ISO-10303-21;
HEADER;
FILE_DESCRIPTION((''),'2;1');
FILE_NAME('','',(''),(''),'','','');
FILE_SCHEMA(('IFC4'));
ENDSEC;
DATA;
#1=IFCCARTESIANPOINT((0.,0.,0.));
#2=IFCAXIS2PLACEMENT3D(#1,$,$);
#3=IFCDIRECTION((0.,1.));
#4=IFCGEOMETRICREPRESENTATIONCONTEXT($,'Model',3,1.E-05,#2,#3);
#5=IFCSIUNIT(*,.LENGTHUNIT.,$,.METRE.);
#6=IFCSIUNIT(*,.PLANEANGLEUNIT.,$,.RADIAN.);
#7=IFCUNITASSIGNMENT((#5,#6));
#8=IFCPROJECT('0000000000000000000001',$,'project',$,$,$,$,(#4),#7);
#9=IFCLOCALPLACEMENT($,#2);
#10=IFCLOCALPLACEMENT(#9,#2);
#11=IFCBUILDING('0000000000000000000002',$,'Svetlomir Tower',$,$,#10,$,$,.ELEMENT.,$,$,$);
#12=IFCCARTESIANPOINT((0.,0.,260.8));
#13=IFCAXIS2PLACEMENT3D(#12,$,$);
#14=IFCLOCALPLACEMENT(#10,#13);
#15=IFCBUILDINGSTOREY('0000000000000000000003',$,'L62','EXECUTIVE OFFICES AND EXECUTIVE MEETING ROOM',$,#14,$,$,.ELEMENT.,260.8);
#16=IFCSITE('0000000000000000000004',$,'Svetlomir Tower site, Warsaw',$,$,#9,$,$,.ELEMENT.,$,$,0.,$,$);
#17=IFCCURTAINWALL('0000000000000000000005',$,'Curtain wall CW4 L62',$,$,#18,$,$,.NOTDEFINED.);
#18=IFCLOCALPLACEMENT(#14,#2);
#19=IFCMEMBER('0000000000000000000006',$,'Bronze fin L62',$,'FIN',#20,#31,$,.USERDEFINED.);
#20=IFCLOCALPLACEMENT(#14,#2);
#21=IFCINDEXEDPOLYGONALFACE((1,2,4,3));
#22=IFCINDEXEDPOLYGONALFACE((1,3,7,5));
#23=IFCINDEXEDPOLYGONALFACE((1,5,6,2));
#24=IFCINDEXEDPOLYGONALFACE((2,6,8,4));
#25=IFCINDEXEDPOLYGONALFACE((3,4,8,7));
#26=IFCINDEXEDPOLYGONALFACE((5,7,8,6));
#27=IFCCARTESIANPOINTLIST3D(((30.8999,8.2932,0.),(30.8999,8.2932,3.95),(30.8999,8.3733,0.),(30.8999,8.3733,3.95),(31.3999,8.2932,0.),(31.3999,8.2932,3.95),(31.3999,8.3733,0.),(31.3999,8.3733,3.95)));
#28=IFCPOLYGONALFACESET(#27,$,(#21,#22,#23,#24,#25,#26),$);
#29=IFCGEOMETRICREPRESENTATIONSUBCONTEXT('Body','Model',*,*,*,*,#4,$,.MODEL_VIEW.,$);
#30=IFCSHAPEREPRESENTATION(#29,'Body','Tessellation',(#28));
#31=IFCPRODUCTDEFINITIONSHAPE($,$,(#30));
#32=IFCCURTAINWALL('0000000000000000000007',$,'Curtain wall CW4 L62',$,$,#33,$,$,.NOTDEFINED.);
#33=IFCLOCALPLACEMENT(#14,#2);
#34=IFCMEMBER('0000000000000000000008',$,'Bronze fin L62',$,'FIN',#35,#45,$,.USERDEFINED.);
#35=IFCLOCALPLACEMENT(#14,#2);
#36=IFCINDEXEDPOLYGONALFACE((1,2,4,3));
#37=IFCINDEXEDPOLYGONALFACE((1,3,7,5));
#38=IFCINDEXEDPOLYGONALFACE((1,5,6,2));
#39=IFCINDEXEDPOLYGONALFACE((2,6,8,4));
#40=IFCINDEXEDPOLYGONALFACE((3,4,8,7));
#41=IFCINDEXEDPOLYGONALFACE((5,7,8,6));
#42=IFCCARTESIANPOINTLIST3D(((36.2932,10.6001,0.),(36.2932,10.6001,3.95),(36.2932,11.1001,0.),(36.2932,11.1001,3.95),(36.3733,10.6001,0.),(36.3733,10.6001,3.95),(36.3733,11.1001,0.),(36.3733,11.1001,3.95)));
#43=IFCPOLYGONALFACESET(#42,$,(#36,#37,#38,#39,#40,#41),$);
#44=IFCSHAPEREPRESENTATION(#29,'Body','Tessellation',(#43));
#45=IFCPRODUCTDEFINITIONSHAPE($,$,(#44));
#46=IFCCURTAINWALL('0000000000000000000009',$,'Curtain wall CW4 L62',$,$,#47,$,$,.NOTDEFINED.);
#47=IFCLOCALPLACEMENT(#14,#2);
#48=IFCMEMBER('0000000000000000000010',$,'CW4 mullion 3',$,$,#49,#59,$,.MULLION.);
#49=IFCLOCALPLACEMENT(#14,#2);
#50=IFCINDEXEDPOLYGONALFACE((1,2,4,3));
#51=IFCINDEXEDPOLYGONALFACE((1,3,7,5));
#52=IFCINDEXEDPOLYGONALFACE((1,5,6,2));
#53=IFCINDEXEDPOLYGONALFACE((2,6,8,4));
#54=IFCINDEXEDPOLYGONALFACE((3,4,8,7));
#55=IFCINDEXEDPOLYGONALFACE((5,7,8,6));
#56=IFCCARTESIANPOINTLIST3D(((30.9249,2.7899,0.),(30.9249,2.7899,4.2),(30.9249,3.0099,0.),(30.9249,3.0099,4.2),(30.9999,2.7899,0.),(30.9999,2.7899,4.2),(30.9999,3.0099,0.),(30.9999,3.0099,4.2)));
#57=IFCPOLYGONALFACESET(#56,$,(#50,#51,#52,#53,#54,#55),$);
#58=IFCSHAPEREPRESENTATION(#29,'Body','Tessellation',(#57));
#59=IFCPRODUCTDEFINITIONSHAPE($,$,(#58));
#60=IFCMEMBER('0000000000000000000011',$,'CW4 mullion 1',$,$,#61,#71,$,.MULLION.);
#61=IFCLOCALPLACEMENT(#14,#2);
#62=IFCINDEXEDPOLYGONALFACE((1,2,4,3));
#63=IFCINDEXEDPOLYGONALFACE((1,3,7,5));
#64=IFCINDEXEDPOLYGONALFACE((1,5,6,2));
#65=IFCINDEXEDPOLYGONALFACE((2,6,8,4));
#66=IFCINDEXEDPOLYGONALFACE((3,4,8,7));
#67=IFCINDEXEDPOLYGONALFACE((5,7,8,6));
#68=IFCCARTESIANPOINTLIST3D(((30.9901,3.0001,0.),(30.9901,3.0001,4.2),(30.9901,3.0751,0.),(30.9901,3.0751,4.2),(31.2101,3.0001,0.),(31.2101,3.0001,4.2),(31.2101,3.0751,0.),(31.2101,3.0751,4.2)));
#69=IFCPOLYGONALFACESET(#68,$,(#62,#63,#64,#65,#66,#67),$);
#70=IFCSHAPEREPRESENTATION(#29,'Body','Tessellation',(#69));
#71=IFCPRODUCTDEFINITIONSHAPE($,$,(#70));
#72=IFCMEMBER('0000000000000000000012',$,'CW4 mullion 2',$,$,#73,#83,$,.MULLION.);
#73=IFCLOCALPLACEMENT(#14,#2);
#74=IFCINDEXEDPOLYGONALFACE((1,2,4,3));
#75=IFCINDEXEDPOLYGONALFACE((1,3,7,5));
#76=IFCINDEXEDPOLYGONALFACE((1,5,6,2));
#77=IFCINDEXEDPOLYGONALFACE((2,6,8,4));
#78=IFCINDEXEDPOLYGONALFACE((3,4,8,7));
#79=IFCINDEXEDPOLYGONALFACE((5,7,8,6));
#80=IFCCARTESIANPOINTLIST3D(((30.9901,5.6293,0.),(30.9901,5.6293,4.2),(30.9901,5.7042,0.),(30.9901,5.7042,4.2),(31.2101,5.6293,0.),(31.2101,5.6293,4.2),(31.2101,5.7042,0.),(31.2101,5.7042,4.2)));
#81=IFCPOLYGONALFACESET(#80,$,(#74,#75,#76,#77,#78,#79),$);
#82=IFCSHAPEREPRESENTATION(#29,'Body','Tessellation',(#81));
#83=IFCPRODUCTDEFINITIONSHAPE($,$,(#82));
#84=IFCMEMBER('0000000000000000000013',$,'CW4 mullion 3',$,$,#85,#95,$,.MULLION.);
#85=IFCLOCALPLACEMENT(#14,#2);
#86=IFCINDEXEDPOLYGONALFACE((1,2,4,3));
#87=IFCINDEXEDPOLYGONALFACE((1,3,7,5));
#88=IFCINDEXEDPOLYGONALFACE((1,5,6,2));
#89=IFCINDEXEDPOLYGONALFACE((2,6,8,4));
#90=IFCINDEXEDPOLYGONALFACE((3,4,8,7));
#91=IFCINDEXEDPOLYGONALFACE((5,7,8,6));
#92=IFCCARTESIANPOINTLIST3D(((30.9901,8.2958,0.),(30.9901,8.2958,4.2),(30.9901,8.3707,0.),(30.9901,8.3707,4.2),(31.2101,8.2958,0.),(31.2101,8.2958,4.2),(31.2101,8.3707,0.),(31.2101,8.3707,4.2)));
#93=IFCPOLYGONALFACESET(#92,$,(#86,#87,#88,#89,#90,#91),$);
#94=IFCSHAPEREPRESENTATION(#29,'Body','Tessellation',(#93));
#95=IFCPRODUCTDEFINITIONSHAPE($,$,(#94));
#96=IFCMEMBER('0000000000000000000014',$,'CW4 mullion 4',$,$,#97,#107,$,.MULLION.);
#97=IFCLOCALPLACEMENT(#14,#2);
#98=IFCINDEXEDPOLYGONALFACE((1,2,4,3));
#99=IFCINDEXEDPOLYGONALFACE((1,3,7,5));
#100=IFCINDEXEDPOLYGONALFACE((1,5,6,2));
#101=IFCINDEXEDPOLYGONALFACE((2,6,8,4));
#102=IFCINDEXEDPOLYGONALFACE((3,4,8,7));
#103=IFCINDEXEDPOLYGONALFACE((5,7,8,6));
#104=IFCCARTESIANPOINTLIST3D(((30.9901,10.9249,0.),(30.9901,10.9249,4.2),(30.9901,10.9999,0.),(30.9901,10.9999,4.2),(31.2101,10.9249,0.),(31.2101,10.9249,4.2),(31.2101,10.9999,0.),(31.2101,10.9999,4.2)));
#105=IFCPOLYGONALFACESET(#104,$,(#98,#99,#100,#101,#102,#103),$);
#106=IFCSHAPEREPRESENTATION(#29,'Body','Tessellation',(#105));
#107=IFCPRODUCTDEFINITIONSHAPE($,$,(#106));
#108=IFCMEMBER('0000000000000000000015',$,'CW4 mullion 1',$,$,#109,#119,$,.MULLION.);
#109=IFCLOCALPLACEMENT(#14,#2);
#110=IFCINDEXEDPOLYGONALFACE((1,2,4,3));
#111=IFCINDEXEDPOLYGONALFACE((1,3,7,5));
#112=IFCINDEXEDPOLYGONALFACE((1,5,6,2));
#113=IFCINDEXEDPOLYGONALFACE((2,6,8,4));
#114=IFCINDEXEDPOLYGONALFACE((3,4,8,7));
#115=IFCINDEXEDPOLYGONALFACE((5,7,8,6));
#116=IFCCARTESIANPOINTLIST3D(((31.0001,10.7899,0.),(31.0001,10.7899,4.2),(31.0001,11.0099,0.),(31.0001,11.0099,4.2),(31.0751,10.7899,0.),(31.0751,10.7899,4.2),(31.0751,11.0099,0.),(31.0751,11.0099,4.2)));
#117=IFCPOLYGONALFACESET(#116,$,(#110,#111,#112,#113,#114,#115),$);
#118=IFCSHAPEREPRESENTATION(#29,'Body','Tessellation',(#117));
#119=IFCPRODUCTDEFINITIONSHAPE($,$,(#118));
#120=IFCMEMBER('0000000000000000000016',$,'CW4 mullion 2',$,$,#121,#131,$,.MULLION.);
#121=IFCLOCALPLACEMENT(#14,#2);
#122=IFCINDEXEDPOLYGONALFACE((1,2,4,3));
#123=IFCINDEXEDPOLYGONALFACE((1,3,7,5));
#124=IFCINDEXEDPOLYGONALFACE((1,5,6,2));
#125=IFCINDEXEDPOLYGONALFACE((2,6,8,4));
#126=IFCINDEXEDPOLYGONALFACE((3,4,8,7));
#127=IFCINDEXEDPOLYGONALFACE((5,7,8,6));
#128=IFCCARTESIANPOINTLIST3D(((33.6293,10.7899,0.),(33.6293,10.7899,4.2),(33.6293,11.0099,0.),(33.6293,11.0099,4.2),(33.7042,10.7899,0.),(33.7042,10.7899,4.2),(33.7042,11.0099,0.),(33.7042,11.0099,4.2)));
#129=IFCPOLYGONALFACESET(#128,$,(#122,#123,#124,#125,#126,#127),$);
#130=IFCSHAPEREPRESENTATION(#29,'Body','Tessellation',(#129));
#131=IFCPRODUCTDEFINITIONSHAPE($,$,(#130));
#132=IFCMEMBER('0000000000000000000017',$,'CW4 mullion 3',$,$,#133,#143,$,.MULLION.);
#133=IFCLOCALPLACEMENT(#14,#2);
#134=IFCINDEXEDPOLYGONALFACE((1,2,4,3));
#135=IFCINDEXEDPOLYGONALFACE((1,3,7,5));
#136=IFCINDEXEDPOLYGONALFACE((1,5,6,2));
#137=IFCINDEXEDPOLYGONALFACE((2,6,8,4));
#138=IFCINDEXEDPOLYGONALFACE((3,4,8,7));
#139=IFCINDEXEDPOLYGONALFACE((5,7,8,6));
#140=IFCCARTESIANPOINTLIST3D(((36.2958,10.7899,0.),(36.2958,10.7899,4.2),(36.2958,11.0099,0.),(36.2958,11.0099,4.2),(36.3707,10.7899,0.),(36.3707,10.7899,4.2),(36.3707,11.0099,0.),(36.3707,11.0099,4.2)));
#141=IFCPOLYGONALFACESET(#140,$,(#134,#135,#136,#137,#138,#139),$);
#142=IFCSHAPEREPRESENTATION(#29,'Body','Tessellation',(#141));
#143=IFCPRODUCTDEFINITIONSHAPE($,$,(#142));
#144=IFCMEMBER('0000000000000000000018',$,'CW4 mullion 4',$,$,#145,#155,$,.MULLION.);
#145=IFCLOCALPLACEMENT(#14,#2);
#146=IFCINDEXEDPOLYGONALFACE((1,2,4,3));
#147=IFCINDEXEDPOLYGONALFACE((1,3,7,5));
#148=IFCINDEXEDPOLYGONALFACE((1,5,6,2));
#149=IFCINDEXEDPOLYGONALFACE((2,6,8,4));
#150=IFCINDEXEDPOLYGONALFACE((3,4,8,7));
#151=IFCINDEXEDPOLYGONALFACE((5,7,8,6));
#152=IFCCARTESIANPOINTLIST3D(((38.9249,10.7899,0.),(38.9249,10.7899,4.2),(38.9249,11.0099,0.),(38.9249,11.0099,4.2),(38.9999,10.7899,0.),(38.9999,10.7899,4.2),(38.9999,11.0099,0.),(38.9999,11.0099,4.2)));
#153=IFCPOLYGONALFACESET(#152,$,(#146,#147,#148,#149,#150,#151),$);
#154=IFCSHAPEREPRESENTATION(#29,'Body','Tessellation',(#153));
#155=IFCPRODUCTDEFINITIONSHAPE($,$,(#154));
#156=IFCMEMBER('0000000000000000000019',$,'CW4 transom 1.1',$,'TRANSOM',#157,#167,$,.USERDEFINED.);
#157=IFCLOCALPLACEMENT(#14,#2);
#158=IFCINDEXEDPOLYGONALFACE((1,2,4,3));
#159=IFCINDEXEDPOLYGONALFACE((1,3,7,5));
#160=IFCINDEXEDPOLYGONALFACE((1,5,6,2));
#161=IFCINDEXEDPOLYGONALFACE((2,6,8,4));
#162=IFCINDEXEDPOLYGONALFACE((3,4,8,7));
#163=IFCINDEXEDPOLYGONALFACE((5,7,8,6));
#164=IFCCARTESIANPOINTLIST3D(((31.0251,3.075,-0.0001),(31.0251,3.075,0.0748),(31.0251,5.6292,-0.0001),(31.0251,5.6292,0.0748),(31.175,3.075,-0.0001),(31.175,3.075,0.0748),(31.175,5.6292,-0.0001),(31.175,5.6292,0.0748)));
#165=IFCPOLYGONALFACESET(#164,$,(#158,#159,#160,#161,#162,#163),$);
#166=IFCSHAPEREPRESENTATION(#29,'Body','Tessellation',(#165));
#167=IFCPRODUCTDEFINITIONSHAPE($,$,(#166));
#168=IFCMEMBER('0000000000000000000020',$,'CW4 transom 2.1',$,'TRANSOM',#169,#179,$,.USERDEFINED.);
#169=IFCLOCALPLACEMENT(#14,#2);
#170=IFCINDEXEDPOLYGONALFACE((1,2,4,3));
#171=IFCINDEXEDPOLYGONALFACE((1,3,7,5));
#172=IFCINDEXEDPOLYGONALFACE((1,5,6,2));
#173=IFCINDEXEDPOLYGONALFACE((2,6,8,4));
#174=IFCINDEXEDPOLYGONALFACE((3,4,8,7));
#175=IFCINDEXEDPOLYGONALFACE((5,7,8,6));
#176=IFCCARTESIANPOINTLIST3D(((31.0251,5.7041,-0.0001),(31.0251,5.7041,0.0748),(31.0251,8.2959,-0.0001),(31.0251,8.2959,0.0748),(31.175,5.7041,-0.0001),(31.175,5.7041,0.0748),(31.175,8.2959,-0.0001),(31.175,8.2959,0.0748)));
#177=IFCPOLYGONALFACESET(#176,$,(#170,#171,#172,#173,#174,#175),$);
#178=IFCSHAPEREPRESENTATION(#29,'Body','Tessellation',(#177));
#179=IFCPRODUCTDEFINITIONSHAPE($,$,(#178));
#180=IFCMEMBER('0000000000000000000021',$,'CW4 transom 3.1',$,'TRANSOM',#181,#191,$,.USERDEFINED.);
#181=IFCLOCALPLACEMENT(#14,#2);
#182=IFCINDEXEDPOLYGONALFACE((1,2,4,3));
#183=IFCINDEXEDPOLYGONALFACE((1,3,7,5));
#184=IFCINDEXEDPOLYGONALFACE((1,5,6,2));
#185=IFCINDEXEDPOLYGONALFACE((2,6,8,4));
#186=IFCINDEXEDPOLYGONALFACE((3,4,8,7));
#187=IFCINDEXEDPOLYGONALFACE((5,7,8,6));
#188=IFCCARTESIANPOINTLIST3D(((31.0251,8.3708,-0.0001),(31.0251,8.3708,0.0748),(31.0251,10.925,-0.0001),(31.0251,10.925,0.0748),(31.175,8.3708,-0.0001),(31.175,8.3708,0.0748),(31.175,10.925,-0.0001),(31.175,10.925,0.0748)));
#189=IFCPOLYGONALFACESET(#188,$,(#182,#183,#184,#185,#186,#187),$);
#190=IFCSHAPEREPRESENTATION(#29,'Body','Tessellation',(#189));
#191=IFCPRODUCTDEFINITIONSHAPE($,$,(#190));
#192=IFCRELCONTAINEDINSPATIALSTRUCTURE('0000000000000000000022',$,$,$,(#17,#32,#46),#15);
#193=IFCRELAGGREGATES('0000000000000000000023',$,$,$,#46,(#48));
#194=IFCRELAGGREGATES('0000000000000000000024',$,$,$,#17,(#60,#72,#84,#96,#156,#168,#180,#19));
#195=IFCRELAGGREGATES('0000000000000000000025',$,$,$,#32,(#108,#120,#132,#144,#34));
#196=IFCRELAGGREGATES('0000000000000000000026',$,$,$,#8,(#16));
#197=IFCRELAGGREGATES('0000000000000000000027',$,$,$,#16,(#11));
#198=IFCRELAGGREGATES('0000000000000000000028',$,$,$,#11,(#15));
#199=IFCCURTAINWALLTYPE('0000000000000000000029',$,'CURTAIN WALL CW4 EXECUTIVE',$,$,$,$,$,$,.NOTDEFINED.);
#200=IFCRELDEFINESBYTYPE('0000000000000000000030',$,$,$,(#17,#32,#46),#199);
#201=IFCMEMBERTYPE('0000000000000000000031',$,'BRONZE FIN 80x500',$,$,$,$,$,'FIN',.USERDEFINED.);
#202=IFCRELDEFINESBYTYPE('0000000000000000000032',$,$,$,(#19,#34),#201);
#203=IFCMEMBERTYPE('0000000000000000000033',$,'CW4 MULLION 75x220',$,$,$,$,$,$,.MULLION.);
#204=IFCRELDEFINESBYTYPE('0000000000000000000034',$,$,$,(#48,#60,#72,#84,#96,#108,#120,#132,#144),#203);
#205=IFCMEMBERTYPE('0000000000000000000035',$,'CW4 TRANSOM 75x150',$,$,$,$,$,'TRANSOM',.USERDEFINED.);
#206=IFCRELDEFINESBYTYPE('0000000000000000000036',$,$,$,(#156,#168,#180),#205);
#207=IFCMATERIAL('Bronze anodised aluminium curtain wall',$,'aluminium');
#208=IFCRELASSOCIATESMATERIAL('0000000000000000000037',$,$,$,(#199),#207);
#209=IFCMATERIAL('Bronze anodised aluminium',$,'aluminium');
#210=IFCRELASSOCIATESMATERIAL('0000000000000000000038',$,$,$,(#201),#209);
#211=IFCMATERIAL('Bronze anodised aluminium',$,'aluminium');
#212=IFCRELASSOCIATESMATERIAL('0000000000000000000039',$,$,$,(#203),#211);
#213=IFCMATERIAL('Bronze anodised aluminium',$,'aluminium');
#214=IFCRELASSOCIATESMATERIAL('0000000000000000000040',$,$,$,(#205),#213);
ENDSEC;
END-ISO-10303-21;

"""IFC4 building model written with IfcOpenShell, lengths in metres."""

from ifc_helpers import new_model, si_unit, direction, frame, origin, origin_2d, place, context, subcontext, project, spatial, rectangle, extrude, material, material_profile, profile_set, type_object, element, aggregate, save


model = new_model("IFC4")

# Units and contexts
model_context = context("Model", 3, precision=1e-05, world=origin(), true_north=direction((0.0, 1.0)))
body_context = subcontext(model_context, "Body", "Model", "MODEL_VIEW")
ifc_project = project(units=[si_unit("LENGTHUNIT", "METRE"), si_unit("PLANEANGLEUNIT", "RADIAN")], contexts=[model_context])

# Site, building, storey
site_placement = place(None, origin())
site = spatial("IfcSite", under=ifc_project, at=site_placement, Name="Svetlomir Tower site, Warsaw", CompositionType="ELEMENT", RefElevation=0.0)
building_placement = place(site_placement, origin())
building = spatial("IfcBuilding", under=site, at=building_placement, Name="Svetlomir Tower", CompositionType="ELEMENT")
storey_placement = place(building_placement, frame((0.0, 0.0, 260.8)))
storey = spatial("IfcBuildingStorey", under=building, at=storey_placement, Name="L62", Description="EXECUTIVE OFFICES AND EXECUTIVE MEETING ROOM", CompositionType="ELEMENT", Elevation=260.8)

# Curtain walls, members
ifc_material_1 = material(Name="Bronze anodised aluminium curtain wall", Category="aluminium")
curtain_wall_type = type_object("IfcCurtainWallType", Name="CURTAIN WALL CW4 EXECUTIVE", PredefinedType="NOTDEFINED", material=ifc_material_1)
curtain_wall_1_placement = place(storey_placement, origin())
curtain_wall_1 = element("IfcCurtainWall", 1, at=curtain_wall_1_placement, inside=storey, type_object=curtain_wall_type, Name="Curtain wall CW4 L62", PredefinedType="NOTDEFINED")
ifc_material_2 = material(Name="Bronze anodised aluminium", Category="aluminium")
ifc_material_profile_1 = material_profile(ifc_material_2, rectangle(XDim=0.0801, YDim=0.5, at=origin_2d()), Name="FIN 80x500")
ifc_profile_set_1 = profile_set([ifc_material_profile_1], Name="Bronze anodised aluminium 6063-T6")
member_type_1 = type_object("IfcMemberType", Name="BRONZE FIN 80x500", ElementType="FIN", PredefinedType="USERDEFINED", material=ifc_profile_set_1)
member_1_placement = place(storey_placement, frame((31.1499, 8.3333, 0.0), z_axis=(0.0, 0.0, 1.0), x_axis=(0.0, 1.0, 0.0)))
member_1 = element("IfcMember", 2, at=member_1_placement, type_object=member_type_1, Name="Bronze fin L62", ObjectType="FIN", PredefinedType="USERDEFINED", context=body_context, shape_type="SweptSolid", body=[
    extrude(rectangle(XDim=0.0801, YDim=0.5, at=origin_2d()), origin(), (0.0, 0.0, 1.0), 3.95),
])
curtain_wall_2_placement = place(storey_placement, origin())
curtain_wall_2 = element("IfcCurtainWall", 3, at=curtain_wall_2_placement, inside=storey, type_object=curtain_wall_type, Name="Curtain wall CW4 L62", PredefinedType="NOTDEFINED")
member_2_placement = place(storey_placement, frame((36.3333, 10.8501, 0.0), z_axis=(0.0, 0.0, 1.0), x_axis=(1.0, 0.0, 0.0)))
member_2 = element("IfcMember", 4, at=member_2_placement, type_object=member_type_1, Name="Bronze fin L62", ObjectType="FIN", PredefinedType="USERDEFINED", context=body_context, shape_type="SweptSolid", body=[
    extrude(rectangle(XDim=0.0801, YDim=0.5, at=origin_2d()), origin(), (0.0, 0.0, 1.0), 3.95),
])
curtain_wall_3_placement = place(storey_placement, origin())
curtain_wall_3 = element("IfcCurtainWall", 5, at=curtain_wall_3_placement, inside=storey, type_object=curtain_wall_type, Name="Curtain wall CW4 L62", PredefinedType="NOTDEFINED")
ifc_material_3 = material(Name="Bronze anodised aluminium", Category="aluminium")
ifc_material_profile_2 = material_profile(ifc_material_3, rectangle(XDim=0.075, YDim=0.22, at=origin_2d()), Name="AL 75x220")
ifc_profile_set_2 = profile_set([ifc_material_profile_2], Name="Bronze anodised aluminium 6063-T6")
member_type_2 = type_object("IfcMemberType", Name="CW4 MULLION 75x220", PredefinedType="MULLION", material=ifc_profile_set_2)
member_3_placement = place(storey_placement, frame((30.9624, 2.8999, 0.0), z_axis=(0.0, 0.0, 1.0), x_axis=(1.0, 0.0, 0.0)))
member_3 = element("IfcMember", 6, at=member_3_placement, type_object=member_type_2, Name="CW4 mullion 3", PredefinedType="MULLION", context=body_context, shape_type="SweptSolid", body=[
    extrude(rectangle(XDim=0.075, YDim=0.22, at=origin_2d()), origin(), (0.0, 0.0, 1.0), 4.2),
])
aggregate(curtain_wall_3, [member_3])

# Members
member_4_placement = place(storey_placement, frame((31.1001, 3.0376, 0.0), z_axis=(0.0, 0.0, 1.0), x_axis=(0.0, 1.0, 0.0)))
member_4 = element("IfcMember", 7, at=member_4_placement, type_object=member_type_2, Name="CW4 mullion 1", PredefinedType="MULLION", context=body_context, shape_type="SweptSolid", body=[
    extrude(rectangle(XDim=0.075, YDim=0.22, at=origin_2d()), origin(), (0.0, 0.0, 1.0), 4.2),
])
member_5_placement = place(storey_placement, frame((31.1001, 5.6667, 0.0), z_axis=(0.0, 0.0, 1.0), x_axis=(0.0, 1.0, 0.0)))
member_5 = element("IfcMember", 8, at=member_5_placement, type_object=member_type_2, Name="CW4 mullion 2", PredefinedType="MULLION", context=body_context, shape_type="SweptSolid", body=[
    extrude(rectangle(XDim=0.075, YDim=0.22, at=origin_2d()), origin(), (0.0, 0.0, 1.0), 4.2),
])
member_6_placement = place(storey_placement, frame((31.1001, 8.3333, 0.0), z_axis=(0.0, 0.0, 1.0), x_axis=(0.0, 1.0, 0.0)))
member_6 = element("IfcMember", 9, at=member_6_placement, type_object=member_type_2, Name="CW4 mullion 3", PredefinedType="MULLION", context=body_context, shape_type="SweptSolid", body=[
    extrude(rectangle(XDim=0.075, YDim=0.22, at=origin_2d()), origin(), (0.0, 0.0, 1.0), 4.2),
])
member_7_placement = place(storey_placement, frame((31.1001, 10.9624, 0.0), z_axis=(0.0, 0.0, 1.0), x_axis=(0.0, 1.0, 0.0)))
member_7 = element("IfcMember", 10, at=member_7_placement, type_object=member_type_2, Name="CW4 mullion 4", PredefinedType="MULLION", context=body_context, shape_type="SweptSolid", body=[
    extrude(rectangle(XDim=0.075, YDim=0.22, at=origin_2d()), origin(), (0.0, 0.0, 1.0), 4.2),
])
member_8_placement = place(storey_placement, frame((31.0376, 10.8999, 0.0), z_axis=(0.0, 0.0, 1.0), x_axis=(1.0, 0.0, 0.0)))
member_8 = element("IfcMember", 11, at=member_8_placement, type_object=member_type_2, Name="CW4 mullion 1", PredefinedType="MULLION", context=body_context, shape_type="SweptSolid", body=[
    extrude(rectangle(XDim=0.075, YDim=0.22, at=origin_2d()), origin(), (0.0, 0.0, 1.0), 4.2),
])
member_9_placement = place(storey_placement, frame((33.6667, 10.8999, 0.0), z_axis=(0.0, 0.0, 1.0), x_axis=(1.0, 0.0, 0.0)))
member_9 = element("IfcMember", 12, at=member_9_placement, type_object=member_type_2, Name="CW4 mullion 2", PredefinedType="MULLION", context=body_context, shape_type="SweptSolid", body=[
    extrude(rectangle(XDim=0.075, YDim=0.22, at=origin_2d()), origin(), (0.0, 0.0, 1.0), 4.2),
])
member_10_placement = place(storey_placement, frame((36.3333, 10.8999, 0.0), z_axis=(0.0, 0.0, 1.0), x_axis=(1.0, 0.0, 0.0)))
member_10 = element("IfcMember", 13, at=member_10_placement, type_object=member_type_2, Name="CW4 mullion 3", PredefinedType="MULLION", context=body_context, shape_type="SweptSolid", body=[
    extrude(rectangle(XDim=0.075, YDim=0.22, at=origin_2d()), origin(), (0.0, 0.0, 1.0), 4.2),
])
member_11_placement = place(storey_placement, frame((38.9624, 10.8999, 0.0), z_axis=(0.0, 0.0, 1.0), x_axis=(1.0, 0.0, 0.0)))
member_11 = element("IfcMember", 14, at=member_11_placement, type_object=member_type_2, Name="CW4 mullion 4", PredefinedType="MULLION", context=body_context, shape_type="SweptSolid", body=[
    extrude(rectangle(XDim=0.075, YDim=0.22, at=origin_2d()), origin(), (0.0, 0.0, 1.0), 4.2),
])
ifc_material_4 = material(Name="Bronze anodised aluminium", Category="aluminium")
ifc_material_profile_3 = material_profile(ifc_material_4, rectangle(XDim=0.1499, YDim=0.075, at=origin_2d()), Name="AL 150x75")
ifc_profile_set_3 = profile_set([ifc_material_profile_3], Name="Bronze anodised aluminium 6063-T6")
member_type_3 = type_object("IfcMemberType", Name="CW4 TRANSOM 75x150", ElementType="TRANSOM", PredefinedType="USERDEFINED", material=ifc_profile_set_3)
member_12_placement = place(storey_placement, frame((31.1001, 3.075, 0.0374), z_axis=(0.0, 1.0, 0.0), x_axis=(-1.0, 0.0, 0.0)))
member_12 = element("IfcMember", 15, at=member_12_placement, type_object=member_type_3, Name="CW4 transom 1.1", ObjectType="TRANSOM", PredefinedType="USERDEFINED", context=body_context, shape_type="SweptSolid", body=[
    extrude(rectangle(XDim=0.1499, YDim=0.075, at=origin_2d()), origin(), (0.0, 0.0, 1.0), 2.5542),
])
member_13_placement = place(storey_placement, frame((31.1001, 5.7041, 0.0374), z_axis=(0.0, 1.0, 0.0), x_axis=(-1.0, 0.0, 0.0)))
member_13 = element("IfcMember", 16, at=member_13_placement, type_object=member_type_3, Name="CW4 transom 2.1", ObjectType="TRANSOM", PredefinedType="USERDEFINED", context=body_context, shape_type="SweptSolid", body=[
    extrude(rectangle(XDim=0.1499, YDim=0.075, at=origin_2d()), origin(), (0.0, 0.0, 1.0), 2.5918),
])
member_14_placement = place(storey_placement, frame((31.1001, 8.3708, 0.0374), z_axis=(0.0, 1.0, 0.0), x_axis=(-1.0, 0.0, 0.0)))
member_14 = element("IfcMember", 17, at=member_14_placement, type_object=member_type_3, Name="CW4 transom 3.1", ObjectType="TRANSOM", PredefinedType="USERDEFINED", context=body_context, shape_type="SweptSolid", body=[
    extrude(rectangle(XDim=0.1499, YDim=0.075, at=origin_2d()), origin(), (0.0, 0.0, 1.0), 2.5542),
])

aggregate(curtain_wall_1, [member_4, member_5, member_6, member_7, member_12, member_13, member_14, member_1])
aggregate(curtain_wall_2, [member_8, member_9, member_10, member_11, member_2])

save(model, "model.ifc")
